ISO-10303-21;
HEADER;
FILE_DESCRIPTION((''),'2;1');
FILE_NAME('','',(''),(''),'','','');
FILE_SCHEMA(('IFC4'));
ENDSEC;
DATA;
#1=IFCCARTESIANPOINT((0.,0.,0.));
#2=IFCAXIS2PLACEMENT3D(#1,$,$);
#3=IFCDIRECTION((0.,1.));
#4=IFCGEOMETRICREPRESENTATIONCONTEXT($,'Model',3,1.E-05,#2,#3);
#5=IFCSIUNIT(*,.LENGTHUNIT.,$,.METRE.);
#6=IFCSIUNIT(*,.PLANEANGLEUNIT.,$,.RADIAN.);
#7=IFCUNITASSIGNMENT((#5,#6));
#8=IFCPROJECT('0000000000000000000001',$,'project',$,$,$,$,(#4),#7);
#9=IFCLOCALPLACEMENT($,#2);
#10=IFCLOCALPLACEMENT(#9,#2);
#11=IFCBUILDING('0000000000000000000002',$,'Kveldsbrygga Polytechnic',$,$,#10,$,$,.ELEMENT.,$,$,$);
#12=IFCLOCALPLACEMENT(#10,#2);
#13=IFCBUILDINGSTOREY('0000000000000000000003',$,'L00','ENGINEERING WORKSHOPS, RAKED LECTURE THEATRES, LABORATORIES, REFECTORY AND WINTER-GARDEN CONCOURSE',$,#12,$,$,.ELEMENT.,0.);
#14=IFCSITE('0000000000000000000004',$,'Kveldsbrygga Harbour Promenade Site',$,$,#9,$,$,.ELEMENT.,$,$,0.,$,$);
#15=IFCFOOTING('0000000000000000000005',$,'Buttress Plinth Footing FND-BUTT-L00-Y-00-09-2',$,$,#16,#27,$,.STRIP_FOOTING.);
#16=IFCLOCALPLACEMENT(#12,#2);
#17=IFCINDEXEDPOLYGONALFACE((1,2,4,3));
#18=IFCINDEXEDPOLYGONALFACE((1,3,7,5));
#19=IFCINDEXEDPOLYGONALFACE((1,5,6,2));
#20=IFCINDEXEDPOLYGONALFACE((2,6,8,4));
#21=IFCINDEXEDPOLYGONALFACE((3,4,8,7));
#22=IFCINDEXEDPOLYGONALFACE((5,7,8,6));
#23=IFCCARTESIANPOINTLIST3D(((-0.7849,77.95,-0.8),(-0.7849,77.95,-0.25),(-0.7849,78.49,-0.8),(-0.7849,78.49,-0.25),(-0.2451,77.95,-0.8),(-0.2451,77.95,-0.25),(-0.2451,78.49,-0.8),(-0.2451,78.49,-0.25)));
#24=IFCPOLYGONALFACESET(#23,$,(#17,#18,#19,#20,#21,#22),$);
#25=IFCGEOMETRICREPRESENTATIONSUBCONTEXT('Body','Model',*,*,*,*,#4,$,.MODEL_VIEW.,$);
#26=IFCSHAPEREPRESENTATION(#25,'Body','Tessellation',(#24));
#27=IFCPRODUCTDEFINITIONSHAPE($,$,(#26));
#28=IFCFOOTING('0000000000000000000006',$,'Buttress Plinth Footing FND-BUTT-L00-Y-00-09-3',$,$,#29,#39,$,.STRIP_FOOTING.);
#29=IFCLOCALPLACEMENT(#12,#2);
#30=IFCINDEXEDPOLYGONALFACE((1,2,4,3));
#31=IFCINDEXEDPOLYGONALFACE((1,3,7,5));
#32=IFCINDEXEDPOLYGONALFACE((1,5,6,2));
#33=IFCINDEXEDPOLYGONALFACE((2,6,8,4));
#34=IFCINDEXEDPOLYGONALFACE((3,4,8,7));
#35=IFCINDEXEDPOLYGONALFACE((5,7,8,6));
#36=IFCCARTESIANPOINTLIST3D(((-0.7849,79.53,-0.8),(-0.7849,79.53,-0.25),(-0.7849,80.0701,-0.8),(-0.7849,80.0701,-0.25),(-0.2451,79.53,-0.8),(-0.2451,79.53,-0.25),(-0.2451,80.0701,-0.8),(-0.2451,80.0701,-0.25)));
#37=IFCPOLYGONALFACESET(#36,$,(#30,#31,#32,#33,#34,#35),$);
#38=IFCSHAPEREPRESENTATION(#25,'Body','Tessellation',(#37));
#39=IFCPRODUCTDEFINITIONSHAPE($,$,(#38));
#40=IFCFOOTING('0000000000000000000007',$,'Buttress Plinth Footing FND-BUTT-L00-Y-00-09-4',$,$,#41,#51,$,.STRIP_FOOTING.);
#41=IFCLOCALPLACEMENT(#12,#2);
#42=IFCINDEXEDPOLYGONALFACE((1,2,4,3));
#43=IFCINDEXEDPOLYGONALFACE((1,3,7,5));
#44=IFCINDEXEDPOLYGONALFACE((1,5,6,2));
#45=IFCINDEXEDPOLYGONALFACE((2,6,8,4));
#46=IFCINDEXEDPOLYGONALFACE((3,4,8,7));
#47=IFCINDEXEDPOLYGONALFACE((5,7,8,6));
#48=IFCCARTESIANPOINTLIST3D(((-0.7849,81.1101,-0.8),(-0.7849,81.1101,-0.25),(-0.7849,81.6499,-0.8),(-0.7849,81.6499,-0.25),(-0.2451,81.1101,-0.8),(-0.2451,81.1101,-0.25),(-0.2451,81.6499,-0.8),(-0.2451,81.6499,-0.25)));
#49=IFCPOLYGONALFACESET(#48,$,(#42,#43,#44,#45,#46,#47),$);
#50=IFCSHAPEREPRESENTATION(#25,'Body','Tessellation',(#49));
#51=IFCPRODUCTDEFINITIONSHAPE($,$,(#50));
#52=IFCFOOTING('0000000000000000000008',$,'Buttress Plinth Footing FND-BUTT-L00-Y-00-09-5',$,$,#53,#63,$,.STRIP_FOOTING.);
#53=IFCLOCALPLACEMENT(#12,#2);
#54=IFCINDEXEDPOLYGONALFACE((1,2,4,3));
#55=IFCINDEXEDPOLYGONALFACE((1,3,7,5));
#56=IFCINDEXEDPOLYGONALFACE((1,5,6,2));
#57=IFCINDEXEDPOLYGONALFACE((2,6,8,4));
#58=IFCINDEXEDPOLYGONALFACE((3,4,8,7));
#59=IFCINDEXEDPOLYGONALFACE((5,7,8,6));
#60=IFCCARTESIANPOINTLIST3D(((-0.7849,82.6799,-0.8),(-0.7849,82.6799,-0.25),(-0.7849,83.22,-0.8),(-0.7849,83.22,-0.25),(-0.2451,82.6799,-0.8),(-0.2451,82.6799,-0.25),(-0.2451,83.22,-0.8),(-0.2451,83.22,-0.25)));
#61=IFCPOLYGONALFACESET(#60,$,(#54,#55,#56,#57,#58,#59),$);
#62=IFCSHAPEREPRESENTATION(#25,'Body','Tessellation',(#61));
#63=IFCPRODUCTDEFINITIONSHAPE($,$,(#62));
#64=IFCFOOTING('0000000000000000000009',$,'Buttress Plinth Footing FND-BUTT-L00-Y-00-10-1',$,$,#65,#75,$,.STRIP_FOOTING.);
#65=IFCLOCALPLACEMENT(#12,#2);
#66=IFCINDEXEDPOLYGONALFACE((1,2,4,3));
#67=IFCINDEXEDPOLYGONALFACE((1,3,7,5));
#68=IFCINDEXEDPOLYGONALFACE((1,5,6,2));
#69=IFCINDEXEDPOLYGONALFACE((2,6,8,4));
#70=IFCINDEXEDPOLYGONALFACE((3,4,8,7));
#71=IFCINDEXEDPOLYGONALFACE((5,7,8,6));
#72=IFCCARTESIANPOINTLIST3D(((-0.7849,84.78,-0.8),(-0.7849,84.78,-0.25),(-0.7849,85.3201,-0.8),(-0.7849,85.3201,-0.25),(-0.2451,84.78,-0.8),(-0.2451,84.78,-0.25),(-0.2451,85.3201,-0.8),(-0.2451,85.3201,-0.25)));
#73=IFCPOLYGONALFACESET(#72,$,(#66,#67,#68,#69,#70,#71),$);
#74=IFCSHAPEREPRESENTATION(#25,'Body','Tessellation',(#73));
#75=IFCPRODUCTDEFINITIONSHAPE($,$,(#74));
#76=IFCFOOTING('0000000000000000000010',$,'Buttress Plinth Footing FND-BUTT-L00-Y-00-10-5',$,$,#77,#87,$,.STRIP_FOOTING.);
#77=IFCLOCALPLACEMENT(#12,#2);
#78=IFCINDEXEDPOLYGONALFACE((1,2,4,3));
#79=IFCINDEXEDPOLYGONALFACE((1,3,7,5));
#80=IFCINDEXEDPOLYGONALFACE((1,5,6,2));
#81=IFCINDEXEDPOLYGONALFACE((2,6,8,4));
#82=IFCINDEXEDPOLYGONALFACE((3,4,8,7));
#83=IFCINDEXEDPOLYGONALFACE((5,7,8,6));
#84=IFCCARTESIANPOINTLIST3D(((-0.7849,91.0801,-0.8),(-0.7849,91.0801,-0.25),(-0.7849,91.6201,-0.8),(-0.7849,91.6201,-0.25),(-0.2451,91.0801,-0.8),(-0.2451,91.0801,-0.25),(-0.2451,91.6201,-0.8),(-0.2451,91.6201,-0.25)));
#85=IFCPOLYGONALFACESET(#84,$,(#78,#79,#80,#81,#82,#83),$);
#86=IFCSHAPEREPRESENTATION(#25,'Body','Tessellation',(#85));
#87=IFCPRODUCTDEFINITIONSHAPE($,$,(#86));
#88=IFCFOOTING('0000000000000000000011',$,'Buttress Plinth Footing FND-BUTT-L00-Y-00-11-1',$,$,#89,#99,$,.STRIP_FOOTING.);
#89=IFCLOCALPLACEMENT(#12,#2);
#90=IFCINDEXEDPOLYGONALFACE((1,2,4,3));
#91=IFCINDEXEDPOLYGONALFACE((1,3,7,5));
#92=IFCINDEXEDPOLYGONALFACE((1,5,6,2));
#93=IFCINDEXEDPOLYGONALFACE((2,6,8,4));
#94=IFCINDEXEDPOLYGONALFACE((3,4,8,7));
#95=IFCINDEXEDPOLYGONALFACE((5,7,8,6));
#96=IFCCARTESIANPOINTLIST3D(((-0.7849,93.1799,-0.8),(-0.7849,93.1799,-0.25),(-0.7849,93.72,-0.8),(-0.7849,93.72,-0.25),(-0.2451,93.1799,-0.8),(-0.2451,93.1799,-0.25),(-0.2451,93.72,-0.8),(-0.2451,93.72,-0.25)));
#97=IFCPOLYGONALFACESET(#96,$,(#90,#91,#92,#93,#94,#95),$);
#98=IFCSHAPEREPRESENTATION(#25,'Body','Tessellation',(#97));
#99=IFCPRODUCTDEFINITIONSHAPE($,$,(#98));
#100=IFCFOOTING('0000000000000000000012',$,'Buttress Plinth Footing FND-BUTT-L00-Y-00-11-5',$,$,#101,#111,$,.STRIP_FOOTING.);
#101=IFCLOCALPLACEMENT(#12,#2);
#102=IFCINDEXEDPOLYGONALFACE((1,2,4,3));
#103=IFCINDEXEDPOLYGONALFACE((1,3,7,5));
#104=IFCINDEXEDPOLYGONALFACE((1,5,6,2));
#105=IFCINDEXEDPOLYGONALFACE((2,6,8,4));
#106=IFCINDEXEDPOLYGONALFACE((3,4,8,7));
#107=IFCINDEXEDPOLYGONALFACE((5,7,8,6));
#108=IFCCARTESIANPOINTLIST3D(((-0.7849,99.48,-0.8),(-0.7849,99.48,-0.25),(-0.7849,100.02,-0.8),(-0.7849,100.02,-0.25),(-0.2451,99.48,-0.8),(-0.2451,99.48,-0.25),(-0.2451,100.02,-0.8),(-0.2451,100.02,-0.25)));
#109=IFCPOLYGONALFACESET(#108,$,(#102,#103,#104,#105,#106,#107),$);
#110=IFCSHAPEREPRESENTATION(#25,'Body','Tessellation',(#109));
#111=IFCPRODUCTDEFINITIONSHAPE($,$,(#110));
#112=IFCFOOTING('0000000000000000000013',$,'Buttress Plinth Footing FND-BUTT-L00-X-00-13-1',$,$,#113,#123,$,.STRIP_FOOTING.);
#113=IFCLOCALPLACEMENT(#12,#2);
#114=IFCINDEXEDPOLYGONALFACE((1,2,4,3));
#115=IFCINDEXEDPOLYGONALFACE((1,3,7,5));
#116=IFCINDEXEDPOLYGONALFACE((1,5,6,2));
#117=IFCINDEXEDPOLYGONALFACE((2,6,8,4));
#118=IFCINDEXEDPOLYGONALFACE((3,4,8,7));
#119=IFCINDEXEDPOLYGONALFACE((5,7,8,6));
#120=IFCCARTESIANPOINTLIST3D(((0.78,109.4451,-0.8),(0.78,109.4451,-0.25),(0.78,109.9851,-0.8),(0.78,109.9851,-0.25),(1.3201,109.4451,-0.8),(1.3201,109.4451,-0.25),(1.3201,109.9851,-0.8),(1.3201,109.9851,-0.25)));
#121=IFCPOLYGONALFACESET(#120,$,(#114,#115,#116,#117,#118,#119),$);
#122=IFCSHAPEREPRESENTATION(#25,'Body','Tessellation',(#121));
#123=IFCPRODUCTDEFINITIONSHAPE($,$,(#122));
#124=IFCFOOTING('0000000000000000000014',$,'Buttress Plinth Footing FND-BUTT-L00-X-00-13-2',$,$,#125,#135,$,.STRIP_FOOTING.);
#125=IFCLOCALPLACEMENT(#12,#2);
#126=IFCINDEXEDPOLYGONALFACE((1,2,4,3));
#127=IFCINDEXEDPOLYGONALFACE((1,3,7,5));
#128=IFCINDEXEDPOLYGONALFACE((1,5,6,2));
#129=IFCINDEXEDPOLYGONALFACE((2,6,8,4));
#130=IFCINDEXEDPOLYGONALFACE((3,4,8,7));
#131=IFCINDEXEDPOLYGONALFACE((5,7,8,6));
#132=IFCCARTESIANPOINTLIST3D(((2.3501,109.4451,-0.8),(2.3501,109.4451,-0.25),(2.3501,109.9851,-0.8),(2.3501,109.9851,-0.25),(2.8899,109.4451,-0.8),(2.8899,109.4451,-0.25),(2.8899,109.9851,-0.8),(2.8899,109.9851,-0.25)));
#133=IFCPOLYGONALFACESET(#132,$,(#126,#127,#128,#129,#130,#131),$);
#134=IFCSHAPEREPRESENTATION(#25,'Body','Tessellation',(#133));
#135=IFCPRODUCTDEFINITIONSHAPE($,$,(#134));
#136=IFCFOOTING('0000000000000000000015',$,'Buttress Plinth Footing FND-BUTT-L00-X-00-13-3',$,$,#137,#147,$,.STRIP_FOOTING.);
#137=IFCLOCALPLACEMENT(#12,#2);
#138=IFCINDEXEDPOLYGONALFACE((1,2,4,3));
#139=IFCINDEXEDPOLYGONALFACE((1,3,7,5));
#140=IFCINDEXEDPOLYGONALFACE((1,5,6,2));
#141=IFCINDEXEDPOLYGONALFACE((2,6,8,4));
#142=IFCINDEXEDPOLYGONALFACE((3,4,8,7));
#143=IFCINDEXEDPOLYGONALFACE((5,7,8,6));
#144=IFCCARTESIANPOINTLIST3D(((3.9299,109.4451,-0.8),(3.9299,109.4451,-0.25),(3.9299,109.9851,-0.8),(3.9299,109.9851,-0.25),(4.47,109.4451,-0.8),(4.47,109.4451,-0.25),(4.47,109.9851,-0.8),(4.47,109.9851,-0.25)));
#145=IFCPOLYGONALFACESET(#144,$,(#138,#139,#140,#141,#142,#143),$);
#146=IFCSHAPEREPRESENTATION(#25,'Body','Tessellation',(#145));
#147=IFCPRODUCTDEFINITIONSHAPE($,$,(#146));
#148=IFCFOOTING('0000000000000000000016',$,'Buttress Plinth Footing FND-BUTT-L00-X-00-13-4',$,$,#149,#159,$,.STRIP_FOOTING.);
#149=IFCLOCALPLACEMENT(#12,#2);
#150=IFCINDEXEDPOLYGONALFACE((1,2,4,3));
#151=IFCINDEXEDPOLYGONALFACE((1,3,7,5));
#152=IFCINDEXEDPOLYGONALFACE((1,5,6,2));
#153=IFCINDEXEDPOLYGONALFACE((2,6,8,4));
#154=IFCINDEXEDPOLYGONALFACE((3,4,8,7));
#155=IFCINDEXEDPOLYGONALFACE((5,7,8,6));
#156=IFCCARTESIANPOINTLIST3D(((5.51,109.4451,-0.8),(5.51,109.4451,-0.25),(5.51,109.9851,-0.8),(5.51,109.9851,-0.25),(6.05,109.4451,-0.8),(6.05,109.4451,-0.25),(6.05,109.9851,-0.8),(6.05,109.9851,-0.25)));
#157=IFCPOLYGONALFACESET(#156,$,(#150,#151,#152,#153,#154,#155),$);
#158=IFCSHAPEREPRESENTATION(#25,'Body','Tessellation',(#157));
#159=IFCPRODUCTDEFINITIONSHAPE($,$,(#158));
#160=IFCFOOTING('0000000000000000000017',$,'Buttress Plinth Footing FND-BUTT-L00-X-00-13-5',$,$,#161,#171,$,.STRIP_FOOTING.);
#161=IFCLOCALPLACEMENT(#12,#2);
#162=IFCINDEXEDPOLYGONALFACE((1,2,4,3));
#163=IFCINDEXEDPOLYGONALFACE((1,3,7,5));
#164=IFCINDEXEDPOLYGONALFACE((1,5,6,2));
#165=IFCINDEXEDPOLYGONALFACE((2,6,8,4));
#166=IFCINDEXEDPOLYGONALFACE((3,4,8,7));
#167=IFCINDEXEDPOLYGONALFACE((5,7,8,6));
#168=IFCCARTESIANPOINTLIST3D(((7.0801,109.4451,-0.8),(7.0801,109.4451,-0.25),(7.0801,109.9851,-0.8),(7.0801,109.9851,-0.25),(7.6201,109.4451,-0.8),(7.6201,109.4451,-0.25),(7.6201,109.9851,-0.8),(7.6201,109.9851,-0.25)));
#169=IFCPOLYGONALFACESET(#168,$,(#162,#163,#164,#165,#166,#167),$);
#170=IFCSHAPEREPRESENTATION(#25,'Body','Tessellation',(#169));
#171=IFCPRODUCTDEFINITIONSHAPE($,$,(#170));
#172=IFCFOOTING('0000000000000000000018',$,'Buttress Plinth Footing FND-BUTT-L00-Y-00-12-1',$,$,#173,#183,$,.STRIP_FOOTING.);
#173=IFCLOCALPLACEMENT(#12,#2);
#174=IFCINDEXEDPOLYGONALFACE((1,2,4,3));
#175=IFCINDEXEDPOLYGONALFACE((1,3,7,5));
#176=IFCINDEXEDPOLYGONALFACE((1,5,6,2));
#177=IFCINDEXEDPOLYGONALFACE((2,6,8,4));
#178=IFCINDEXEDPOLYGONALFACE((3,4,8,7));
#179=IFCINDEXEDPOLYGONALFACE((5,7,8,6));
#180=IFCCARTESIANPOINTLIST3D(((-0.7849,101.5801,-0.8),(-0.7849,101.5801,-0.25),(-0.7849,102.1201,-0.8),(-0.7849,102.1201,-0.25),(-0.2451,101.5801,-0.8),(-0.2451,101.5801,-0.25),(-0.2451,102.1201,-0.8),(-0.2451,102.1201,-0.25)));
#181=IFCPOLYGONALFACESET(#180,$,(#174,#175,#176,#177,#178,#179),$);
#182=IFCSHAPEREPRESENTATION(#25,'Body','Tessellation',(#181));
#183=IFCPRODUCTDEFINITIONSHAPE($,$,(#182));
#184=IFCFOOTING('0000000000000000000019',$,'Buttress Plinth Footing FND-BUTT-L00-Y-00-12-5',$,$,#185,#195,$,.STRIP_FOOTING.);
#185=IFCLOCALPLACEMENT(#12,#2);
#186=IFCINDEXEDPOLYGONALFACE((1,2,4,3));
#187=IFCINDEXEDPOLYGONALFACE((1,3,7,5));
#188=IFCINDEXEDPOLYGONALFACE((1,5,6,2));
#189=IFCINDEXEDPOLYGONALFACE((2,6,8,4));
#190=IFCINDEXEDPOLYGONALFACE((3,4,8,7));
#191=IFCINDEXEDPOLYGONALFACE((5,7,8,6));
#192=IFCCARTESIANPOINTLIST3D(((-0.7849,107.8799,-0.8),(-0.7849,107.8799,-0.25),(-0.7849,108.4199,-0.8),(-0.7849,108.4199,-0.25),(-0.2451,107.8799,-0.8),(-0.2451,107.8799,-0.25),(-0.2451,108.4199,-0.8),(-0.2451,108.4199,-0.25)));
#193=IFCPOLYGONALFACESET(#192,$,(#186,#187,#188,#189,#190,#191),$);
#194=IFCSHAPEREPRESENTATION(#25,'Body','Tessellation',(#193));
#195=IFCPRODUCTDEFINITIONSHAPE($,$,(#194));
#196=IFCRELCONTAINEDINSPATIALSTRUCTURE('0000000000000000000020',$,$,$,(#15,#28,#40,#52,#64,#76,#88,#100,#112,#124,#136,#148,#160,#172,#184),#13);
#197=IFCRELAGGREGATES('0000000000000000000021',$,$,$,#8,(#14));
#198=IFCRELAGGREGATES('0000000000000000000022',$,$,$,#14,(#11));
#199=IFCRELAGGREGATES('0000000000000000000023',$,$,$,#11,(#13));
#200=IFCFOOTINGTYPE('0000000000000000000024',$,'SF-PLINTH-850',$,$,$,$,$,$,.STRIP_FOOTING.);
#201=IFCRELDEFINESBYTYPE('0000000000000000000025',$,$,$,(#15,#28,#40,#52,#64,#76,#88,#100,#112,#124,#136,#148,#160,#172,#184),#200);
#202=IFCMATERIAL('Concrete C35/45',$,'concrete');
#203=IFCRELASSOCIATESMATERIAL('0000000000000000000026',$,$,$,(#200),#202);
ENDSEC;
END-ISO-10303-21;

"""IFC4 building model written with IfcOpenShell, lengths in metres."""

from ifc_helpers import new_model, si_unit, direction, frame, origin, place, context, subcontext, project, spatial, polyline, outline, extrude, material, type_object, element, save


model = new_model("IFC4")

# Units and contexts
model_context = context("Model", 3, precision=1e-05, world=origin(), true_north=direction((0.0, 1.0)))
body_context = subcontext(model_context, "Body", "Model", "MODEL_VIEW")
ifc_project = project(units=[si_unit("LENGTHUNIT", "METRE"), si_unit("PLANEANGLEUNIT", "RADIAN")], contexts=[model_context])

# Site, building, storey
site_placement = place(None, origin())
site = spatial("IfcSite", under=ifc_project, at=site_placement, Name="Kveldsbrygga Harbour Promenade Site", CompositionType="ELEMENT", RefElevation=0.0)
building_placement = place(site_placement, origin())
building = spatial("IfcBuilding", under=site, at=building_placement, Name="Kveldsbrygga Polytechnic", CompositionType="ELEMENT")
storey_placement = place(building_placement, origin())
storey = spatial("IfcBuildingStorey", under=building, at=storey_placement, Name="L00", Description="ENGINEERING WORKSHOPS, RAKED LECTURE THEATRES, LABORATORIES, REFECTORY AND WINTER-GARDEN CONCOURSE", CompositionType="ELEMENT", Elevation=0.0)

# Footings
ifc_material = material(Name="Concrete C35/45", Category="concrete")
footing_type = type_object("IfcFootingType", Name="SF-PLINTH-850", PredefinedType="STRIP_FOOTING", material=ifc_material)
footing_1_placement = place(storey_placement, frame((0.0, 0.0, -0.8)))
element("IfcFooting", 1, at=footing_1_placement, inside=storey, type_object=footing_type, Name="Buttress Plinth Footing FND-BUTT-L00-Y-00-09-2", PredefinedType="STRIP_FOOTING", context=body_context, shape_type="SweptSolid", body=[
    extrude(outline(polyline([(-0.7849, 77.95), (-0.2451, 77.95), (-0.2451, 78.49), (-0.7849, 78.49), (-0.7849, 77.95)])), origin(), (0.0, 0.0, 1.0), 0.55),
])
footing_2_placement = place(storey_placement, frame((0.0, 0.0, -0.8)))
element("IfcFooting", 2, at=footing_2_placement, inside=storey, type_object=footing_type, Name="Buttress Plinth Footing FND-BUTT-L00-Y-00-09-3", PredefinedType="STRIP_FOOTING", context=body_context, shape_type="SweptSolid", body=[
    extrude(outline(polyline([(-0.7849, 79.53), (-0.2451, 79.53), (-0.2451, 80.0701), (-0.7849, 80.0701), (-0.7849, 79.53)])), origin(), (0.0, 0.0, 1.0), 0.55),
])
footing_3_placement = place(storey_placement, frame((0.0, 0.0, -0.8)))
element("IfcFooting", 3, at=footing_3_placement, inside=storey, type_object=footing_type, Name="Buttress Plinth Footing FND-BUTT-L00-Y-00-09-4", PredefinedType="STRIP_FOOTING", context=body_context, shape_type="SweptSolid", body=[
    extrude(outline(polyline([(-0.7849, 81.1101), (-0.2451, 81.1101), (-0.2451, 81.6499), (-0.7849, 81.6499), (-0.7849, 81.1101)])), origin(), (0.0, 0.0, 1.0), 0.55),
])
footing_4_placement = place(storey_placement, frame((0.0, 0.0, -0.8)))
element("IfcFooting", 4, at=footing_4_placement, inside=storey, type_object=footing_type, Name="Buttress Plinth Footing FND-BUTT-L00-Y-00-09-5", PredefinedType="STRIP_FOOTING", context=body_context, shape_type="SweptSolid", body=[
    extrude(outline(polyline([(-0.7849, 82.6799), (-0.2451, 82.6799), (-0.2451, 83.22), (-0.7849, 83.22), (-0.7849, 82.6799)])), origin(), (0.0, 0.0, 1.0), 0.55),
])
footing_5_placement = place(storey_placement, frame((0.0, 0.0, -0.8)))
element("IfcFooting", 5, at=footing_5_placement, inside=storey, type_object=footing_type, Name="Buttress Plinth Footing FND-BUTT-L00-Y-00-10-1", PredefinedType="STRIP_FOOTING", context=body_context, shape_type="SweptSolid", body=[
    extrude(outline(polyline([(-0.7849, 84.78), (-0.2451, 84.78), (-0.2451, 85.3201), (-0.7849, 85.3201), (-0.7849, 84.78)])), origin(), (0.0, 0.0, 1.0), 0.55),
])
footing_6_placement = place(storey_placement, frame((0.0, 0.0, -0.8)))
element("IfcFooting", 6, at=footing_6_placement, inside=storey, type_object=footing_type, Name="Buttress Plinth Footing FND-BUTT-L00-Y-00-10-5", PredefinedType="STRIP_FOOTING", context=body_context, shape_type="SweptSolid", body=[
    extrude(outline(polyline([(-0.7849, 91.0801), (-0.2451, 91.0801), (-0.2451, 91.6201), (-0.7849, 91.6201), (-0.7849, 91.0801)])), origin(), (0.0, 0.0, 1.0), 0.55),
])
footing_7_placement = place(storey_placement, frame((0.0, 0.0, -0.8)))
element("IfcFooting", 7, at=footing_7_placement, inside=storey, type_object=footing_type, Name="Buttress Plinth Footing FND-BUTT-L00-Y-00-11-1", PredefinedType="STRIP_FOOTING", context=body_context, shape_type="SweptSolid", body=[
    extrude(outline(polyline([(-0.7849, 93.1799), (-0.2451, 93.1799), (-0.2451, 93.72), (-0.7849, 93.72), (-0.7849, 93.1799)])), origin(), (0.0, 0.0, 1.0), 0.55),
])
footing_8_placement = place(storey_placement, frame((0.0, 0.0, -0.8)))
element("IfcFooting", 8, at=footing_8_placement, inside=storey, type_object=footing_type, Name="Buttress Plinth Footing FND-BUTT-L00-Y-00-11-5", PredefinedType="STRIP_FOOTING", context=body_context, shape_type="SweptSolid", body=[
    extrude(outline(polyline([(-0.7849, 99.48), (-0.2451, 99.48), (-0.2451, 100.02), (-0.7849, 100.02), (-0.7849, 99.48)])), origin(), (0.0, 0.0, 1.0), 0.55),
])
footing_9_placement = place(storey_placement, frame((0.0, 0.0, -0.8)))
element("IfcFooting", 9, at=footing_9_placement, inside=storey, type_object=footing_type, Name="Buttress Plinth Footing FND-BUTT-L00-X-00-13-1", PredefinedType="STRIP_FOOTING", context=body_context, shape_type="SweptSolid", body=[
    extrude(outline(polyline([(0.78, 109.4451), (1.3201, 109.4451), (1.3201, 109.9851), (0.78, 109.9851), (0.78, 109.4451)])), origin(), (0.0, 0.0, 1.0), 0.55),
])
footing_10_placement = place(storey_placement, frame((0.0, 0.0, -0.8)))
element("IfcFooting", 10, at=footing_10_placement, inside=storey, type_object=footing_type, Name="Buttress Plinth Footing FND-BUTT-L00-X-00-13-2", PredefinedType="STRIP_FOOTING", context=body_context, shape_type="SweptSolid", body=[
    extrude(outline(polyline([(2.3501, 109.4451), (2.8899, 109.4451), (2.8899, 109.9851), (2.3501, 109.9851), (2.3501, 109.4451)])), origin(), (0.0, 0.0, 1.0), 0.55),
])
footing_11_placement = place(storey_placement, frame((0.0, 0.0, -0.8)))
element("IfcFooting", 11, at=footing_11_placement, inside=storey, type_object=footing_type, Name="Buttress Plinth Footing FND-BUTT-L00-X-00-13-3", PredefinedType="STRIP_FOOTING", context=body_context, shape_type="SweptSolid", body=[
    extrude(outline(polyline([(3.9299, 109.4451), (4.47, 109.4451), (4.47, 109.9851), (3.9299, 109.9851), (3.9299, 109.4451)])), origin(), (0.0, 0.0, 1.0), 0.55),
])
footing_12_placement = place(storey_placement, frame((0.0, 0.0, -0.8)))
element("IfcFooting", 12, at=footing_12_placement, inside=storey, type_object=footing_type, Name="Buttress Plinth Footing FND-BUTT-L00-X-00-13-4", PredefinedType="STRIP_FOOTING", context=body_context, shape_type="SweptSolid", body=[
    extrude(outline(polyline([(5.51, 109.4451), (6.05, 109.4451), (6.05, 109.9851), (5.51, 109.9851), (5.51, 109.4451)])), origin(), (0.0, 0.0, 1.0), 0.55),
])
footing_13_placement = place(storey_placement, frame((0.0, 0.0, -0.8)))
element("IfcFooting", 13, at=footing_13_placement, inside=storey, type_object=footing_type, Name="Buttress Plinth Footing FND-BUTT-L00-X-00-13-5", PredefinedType="STRIP_FOOTING", context=body_context, shape_type="SweptSolid", body=[
    extrude(outline(polyline([(7.0801, 109.4451), (7.6201, 109.4451), (7.6201, 109.9851), (7.0801, 109.9851), (7.0801, 109.4451)])), origin(), (0.0, 0.0, 1.0), 0.55),
])
footing_14_placement = place(storey_placement, frame((0.0, 0.0, -0.8)))
element("IfcFooting", 14, at=footing_14_placement, inside=storey, type_object=footing_type, Name="Buttress Plinth Footing FND-BUTT-L00-Y-00-12-1", PredefinedType="STRIP_FOOTING", context=body_context, shape_type="SweptSolid", body=[
    extrude(outline(polyline([(-0.7849, 101.5801), (-0.2451, 101.5801), (-0.2451, 102.1201), (-0.7849, 102.1201), (-0.7849, 101.5801)])), origin(), (0.0, 0.0, 1.0), 0.55),
])
footing_15_placement = place(storey_placement, frame((0.0, 0.0, -0.8)))
element("IfcFooting", 15, at=footing_15_placement, inside=storey, type_object=footing_type, Name="Buttress Plinth Footing FND-BUTT-L00-Y-00-12-5", PredefinedType="STRIP_FOOTING", context=body_context, shape_type="SweptSolid", body=[
    extrude(outline(polyline([(-0.7849, 107.8799), (-0.2451, 107.8799), (-0.2451, 108.4199), (-0.7849, 108.4199), (-0.7849, 107.8799)])), origin(), (0.0, 0.0, 1.0), 0.55),
])

save(model, "model.ifc")
